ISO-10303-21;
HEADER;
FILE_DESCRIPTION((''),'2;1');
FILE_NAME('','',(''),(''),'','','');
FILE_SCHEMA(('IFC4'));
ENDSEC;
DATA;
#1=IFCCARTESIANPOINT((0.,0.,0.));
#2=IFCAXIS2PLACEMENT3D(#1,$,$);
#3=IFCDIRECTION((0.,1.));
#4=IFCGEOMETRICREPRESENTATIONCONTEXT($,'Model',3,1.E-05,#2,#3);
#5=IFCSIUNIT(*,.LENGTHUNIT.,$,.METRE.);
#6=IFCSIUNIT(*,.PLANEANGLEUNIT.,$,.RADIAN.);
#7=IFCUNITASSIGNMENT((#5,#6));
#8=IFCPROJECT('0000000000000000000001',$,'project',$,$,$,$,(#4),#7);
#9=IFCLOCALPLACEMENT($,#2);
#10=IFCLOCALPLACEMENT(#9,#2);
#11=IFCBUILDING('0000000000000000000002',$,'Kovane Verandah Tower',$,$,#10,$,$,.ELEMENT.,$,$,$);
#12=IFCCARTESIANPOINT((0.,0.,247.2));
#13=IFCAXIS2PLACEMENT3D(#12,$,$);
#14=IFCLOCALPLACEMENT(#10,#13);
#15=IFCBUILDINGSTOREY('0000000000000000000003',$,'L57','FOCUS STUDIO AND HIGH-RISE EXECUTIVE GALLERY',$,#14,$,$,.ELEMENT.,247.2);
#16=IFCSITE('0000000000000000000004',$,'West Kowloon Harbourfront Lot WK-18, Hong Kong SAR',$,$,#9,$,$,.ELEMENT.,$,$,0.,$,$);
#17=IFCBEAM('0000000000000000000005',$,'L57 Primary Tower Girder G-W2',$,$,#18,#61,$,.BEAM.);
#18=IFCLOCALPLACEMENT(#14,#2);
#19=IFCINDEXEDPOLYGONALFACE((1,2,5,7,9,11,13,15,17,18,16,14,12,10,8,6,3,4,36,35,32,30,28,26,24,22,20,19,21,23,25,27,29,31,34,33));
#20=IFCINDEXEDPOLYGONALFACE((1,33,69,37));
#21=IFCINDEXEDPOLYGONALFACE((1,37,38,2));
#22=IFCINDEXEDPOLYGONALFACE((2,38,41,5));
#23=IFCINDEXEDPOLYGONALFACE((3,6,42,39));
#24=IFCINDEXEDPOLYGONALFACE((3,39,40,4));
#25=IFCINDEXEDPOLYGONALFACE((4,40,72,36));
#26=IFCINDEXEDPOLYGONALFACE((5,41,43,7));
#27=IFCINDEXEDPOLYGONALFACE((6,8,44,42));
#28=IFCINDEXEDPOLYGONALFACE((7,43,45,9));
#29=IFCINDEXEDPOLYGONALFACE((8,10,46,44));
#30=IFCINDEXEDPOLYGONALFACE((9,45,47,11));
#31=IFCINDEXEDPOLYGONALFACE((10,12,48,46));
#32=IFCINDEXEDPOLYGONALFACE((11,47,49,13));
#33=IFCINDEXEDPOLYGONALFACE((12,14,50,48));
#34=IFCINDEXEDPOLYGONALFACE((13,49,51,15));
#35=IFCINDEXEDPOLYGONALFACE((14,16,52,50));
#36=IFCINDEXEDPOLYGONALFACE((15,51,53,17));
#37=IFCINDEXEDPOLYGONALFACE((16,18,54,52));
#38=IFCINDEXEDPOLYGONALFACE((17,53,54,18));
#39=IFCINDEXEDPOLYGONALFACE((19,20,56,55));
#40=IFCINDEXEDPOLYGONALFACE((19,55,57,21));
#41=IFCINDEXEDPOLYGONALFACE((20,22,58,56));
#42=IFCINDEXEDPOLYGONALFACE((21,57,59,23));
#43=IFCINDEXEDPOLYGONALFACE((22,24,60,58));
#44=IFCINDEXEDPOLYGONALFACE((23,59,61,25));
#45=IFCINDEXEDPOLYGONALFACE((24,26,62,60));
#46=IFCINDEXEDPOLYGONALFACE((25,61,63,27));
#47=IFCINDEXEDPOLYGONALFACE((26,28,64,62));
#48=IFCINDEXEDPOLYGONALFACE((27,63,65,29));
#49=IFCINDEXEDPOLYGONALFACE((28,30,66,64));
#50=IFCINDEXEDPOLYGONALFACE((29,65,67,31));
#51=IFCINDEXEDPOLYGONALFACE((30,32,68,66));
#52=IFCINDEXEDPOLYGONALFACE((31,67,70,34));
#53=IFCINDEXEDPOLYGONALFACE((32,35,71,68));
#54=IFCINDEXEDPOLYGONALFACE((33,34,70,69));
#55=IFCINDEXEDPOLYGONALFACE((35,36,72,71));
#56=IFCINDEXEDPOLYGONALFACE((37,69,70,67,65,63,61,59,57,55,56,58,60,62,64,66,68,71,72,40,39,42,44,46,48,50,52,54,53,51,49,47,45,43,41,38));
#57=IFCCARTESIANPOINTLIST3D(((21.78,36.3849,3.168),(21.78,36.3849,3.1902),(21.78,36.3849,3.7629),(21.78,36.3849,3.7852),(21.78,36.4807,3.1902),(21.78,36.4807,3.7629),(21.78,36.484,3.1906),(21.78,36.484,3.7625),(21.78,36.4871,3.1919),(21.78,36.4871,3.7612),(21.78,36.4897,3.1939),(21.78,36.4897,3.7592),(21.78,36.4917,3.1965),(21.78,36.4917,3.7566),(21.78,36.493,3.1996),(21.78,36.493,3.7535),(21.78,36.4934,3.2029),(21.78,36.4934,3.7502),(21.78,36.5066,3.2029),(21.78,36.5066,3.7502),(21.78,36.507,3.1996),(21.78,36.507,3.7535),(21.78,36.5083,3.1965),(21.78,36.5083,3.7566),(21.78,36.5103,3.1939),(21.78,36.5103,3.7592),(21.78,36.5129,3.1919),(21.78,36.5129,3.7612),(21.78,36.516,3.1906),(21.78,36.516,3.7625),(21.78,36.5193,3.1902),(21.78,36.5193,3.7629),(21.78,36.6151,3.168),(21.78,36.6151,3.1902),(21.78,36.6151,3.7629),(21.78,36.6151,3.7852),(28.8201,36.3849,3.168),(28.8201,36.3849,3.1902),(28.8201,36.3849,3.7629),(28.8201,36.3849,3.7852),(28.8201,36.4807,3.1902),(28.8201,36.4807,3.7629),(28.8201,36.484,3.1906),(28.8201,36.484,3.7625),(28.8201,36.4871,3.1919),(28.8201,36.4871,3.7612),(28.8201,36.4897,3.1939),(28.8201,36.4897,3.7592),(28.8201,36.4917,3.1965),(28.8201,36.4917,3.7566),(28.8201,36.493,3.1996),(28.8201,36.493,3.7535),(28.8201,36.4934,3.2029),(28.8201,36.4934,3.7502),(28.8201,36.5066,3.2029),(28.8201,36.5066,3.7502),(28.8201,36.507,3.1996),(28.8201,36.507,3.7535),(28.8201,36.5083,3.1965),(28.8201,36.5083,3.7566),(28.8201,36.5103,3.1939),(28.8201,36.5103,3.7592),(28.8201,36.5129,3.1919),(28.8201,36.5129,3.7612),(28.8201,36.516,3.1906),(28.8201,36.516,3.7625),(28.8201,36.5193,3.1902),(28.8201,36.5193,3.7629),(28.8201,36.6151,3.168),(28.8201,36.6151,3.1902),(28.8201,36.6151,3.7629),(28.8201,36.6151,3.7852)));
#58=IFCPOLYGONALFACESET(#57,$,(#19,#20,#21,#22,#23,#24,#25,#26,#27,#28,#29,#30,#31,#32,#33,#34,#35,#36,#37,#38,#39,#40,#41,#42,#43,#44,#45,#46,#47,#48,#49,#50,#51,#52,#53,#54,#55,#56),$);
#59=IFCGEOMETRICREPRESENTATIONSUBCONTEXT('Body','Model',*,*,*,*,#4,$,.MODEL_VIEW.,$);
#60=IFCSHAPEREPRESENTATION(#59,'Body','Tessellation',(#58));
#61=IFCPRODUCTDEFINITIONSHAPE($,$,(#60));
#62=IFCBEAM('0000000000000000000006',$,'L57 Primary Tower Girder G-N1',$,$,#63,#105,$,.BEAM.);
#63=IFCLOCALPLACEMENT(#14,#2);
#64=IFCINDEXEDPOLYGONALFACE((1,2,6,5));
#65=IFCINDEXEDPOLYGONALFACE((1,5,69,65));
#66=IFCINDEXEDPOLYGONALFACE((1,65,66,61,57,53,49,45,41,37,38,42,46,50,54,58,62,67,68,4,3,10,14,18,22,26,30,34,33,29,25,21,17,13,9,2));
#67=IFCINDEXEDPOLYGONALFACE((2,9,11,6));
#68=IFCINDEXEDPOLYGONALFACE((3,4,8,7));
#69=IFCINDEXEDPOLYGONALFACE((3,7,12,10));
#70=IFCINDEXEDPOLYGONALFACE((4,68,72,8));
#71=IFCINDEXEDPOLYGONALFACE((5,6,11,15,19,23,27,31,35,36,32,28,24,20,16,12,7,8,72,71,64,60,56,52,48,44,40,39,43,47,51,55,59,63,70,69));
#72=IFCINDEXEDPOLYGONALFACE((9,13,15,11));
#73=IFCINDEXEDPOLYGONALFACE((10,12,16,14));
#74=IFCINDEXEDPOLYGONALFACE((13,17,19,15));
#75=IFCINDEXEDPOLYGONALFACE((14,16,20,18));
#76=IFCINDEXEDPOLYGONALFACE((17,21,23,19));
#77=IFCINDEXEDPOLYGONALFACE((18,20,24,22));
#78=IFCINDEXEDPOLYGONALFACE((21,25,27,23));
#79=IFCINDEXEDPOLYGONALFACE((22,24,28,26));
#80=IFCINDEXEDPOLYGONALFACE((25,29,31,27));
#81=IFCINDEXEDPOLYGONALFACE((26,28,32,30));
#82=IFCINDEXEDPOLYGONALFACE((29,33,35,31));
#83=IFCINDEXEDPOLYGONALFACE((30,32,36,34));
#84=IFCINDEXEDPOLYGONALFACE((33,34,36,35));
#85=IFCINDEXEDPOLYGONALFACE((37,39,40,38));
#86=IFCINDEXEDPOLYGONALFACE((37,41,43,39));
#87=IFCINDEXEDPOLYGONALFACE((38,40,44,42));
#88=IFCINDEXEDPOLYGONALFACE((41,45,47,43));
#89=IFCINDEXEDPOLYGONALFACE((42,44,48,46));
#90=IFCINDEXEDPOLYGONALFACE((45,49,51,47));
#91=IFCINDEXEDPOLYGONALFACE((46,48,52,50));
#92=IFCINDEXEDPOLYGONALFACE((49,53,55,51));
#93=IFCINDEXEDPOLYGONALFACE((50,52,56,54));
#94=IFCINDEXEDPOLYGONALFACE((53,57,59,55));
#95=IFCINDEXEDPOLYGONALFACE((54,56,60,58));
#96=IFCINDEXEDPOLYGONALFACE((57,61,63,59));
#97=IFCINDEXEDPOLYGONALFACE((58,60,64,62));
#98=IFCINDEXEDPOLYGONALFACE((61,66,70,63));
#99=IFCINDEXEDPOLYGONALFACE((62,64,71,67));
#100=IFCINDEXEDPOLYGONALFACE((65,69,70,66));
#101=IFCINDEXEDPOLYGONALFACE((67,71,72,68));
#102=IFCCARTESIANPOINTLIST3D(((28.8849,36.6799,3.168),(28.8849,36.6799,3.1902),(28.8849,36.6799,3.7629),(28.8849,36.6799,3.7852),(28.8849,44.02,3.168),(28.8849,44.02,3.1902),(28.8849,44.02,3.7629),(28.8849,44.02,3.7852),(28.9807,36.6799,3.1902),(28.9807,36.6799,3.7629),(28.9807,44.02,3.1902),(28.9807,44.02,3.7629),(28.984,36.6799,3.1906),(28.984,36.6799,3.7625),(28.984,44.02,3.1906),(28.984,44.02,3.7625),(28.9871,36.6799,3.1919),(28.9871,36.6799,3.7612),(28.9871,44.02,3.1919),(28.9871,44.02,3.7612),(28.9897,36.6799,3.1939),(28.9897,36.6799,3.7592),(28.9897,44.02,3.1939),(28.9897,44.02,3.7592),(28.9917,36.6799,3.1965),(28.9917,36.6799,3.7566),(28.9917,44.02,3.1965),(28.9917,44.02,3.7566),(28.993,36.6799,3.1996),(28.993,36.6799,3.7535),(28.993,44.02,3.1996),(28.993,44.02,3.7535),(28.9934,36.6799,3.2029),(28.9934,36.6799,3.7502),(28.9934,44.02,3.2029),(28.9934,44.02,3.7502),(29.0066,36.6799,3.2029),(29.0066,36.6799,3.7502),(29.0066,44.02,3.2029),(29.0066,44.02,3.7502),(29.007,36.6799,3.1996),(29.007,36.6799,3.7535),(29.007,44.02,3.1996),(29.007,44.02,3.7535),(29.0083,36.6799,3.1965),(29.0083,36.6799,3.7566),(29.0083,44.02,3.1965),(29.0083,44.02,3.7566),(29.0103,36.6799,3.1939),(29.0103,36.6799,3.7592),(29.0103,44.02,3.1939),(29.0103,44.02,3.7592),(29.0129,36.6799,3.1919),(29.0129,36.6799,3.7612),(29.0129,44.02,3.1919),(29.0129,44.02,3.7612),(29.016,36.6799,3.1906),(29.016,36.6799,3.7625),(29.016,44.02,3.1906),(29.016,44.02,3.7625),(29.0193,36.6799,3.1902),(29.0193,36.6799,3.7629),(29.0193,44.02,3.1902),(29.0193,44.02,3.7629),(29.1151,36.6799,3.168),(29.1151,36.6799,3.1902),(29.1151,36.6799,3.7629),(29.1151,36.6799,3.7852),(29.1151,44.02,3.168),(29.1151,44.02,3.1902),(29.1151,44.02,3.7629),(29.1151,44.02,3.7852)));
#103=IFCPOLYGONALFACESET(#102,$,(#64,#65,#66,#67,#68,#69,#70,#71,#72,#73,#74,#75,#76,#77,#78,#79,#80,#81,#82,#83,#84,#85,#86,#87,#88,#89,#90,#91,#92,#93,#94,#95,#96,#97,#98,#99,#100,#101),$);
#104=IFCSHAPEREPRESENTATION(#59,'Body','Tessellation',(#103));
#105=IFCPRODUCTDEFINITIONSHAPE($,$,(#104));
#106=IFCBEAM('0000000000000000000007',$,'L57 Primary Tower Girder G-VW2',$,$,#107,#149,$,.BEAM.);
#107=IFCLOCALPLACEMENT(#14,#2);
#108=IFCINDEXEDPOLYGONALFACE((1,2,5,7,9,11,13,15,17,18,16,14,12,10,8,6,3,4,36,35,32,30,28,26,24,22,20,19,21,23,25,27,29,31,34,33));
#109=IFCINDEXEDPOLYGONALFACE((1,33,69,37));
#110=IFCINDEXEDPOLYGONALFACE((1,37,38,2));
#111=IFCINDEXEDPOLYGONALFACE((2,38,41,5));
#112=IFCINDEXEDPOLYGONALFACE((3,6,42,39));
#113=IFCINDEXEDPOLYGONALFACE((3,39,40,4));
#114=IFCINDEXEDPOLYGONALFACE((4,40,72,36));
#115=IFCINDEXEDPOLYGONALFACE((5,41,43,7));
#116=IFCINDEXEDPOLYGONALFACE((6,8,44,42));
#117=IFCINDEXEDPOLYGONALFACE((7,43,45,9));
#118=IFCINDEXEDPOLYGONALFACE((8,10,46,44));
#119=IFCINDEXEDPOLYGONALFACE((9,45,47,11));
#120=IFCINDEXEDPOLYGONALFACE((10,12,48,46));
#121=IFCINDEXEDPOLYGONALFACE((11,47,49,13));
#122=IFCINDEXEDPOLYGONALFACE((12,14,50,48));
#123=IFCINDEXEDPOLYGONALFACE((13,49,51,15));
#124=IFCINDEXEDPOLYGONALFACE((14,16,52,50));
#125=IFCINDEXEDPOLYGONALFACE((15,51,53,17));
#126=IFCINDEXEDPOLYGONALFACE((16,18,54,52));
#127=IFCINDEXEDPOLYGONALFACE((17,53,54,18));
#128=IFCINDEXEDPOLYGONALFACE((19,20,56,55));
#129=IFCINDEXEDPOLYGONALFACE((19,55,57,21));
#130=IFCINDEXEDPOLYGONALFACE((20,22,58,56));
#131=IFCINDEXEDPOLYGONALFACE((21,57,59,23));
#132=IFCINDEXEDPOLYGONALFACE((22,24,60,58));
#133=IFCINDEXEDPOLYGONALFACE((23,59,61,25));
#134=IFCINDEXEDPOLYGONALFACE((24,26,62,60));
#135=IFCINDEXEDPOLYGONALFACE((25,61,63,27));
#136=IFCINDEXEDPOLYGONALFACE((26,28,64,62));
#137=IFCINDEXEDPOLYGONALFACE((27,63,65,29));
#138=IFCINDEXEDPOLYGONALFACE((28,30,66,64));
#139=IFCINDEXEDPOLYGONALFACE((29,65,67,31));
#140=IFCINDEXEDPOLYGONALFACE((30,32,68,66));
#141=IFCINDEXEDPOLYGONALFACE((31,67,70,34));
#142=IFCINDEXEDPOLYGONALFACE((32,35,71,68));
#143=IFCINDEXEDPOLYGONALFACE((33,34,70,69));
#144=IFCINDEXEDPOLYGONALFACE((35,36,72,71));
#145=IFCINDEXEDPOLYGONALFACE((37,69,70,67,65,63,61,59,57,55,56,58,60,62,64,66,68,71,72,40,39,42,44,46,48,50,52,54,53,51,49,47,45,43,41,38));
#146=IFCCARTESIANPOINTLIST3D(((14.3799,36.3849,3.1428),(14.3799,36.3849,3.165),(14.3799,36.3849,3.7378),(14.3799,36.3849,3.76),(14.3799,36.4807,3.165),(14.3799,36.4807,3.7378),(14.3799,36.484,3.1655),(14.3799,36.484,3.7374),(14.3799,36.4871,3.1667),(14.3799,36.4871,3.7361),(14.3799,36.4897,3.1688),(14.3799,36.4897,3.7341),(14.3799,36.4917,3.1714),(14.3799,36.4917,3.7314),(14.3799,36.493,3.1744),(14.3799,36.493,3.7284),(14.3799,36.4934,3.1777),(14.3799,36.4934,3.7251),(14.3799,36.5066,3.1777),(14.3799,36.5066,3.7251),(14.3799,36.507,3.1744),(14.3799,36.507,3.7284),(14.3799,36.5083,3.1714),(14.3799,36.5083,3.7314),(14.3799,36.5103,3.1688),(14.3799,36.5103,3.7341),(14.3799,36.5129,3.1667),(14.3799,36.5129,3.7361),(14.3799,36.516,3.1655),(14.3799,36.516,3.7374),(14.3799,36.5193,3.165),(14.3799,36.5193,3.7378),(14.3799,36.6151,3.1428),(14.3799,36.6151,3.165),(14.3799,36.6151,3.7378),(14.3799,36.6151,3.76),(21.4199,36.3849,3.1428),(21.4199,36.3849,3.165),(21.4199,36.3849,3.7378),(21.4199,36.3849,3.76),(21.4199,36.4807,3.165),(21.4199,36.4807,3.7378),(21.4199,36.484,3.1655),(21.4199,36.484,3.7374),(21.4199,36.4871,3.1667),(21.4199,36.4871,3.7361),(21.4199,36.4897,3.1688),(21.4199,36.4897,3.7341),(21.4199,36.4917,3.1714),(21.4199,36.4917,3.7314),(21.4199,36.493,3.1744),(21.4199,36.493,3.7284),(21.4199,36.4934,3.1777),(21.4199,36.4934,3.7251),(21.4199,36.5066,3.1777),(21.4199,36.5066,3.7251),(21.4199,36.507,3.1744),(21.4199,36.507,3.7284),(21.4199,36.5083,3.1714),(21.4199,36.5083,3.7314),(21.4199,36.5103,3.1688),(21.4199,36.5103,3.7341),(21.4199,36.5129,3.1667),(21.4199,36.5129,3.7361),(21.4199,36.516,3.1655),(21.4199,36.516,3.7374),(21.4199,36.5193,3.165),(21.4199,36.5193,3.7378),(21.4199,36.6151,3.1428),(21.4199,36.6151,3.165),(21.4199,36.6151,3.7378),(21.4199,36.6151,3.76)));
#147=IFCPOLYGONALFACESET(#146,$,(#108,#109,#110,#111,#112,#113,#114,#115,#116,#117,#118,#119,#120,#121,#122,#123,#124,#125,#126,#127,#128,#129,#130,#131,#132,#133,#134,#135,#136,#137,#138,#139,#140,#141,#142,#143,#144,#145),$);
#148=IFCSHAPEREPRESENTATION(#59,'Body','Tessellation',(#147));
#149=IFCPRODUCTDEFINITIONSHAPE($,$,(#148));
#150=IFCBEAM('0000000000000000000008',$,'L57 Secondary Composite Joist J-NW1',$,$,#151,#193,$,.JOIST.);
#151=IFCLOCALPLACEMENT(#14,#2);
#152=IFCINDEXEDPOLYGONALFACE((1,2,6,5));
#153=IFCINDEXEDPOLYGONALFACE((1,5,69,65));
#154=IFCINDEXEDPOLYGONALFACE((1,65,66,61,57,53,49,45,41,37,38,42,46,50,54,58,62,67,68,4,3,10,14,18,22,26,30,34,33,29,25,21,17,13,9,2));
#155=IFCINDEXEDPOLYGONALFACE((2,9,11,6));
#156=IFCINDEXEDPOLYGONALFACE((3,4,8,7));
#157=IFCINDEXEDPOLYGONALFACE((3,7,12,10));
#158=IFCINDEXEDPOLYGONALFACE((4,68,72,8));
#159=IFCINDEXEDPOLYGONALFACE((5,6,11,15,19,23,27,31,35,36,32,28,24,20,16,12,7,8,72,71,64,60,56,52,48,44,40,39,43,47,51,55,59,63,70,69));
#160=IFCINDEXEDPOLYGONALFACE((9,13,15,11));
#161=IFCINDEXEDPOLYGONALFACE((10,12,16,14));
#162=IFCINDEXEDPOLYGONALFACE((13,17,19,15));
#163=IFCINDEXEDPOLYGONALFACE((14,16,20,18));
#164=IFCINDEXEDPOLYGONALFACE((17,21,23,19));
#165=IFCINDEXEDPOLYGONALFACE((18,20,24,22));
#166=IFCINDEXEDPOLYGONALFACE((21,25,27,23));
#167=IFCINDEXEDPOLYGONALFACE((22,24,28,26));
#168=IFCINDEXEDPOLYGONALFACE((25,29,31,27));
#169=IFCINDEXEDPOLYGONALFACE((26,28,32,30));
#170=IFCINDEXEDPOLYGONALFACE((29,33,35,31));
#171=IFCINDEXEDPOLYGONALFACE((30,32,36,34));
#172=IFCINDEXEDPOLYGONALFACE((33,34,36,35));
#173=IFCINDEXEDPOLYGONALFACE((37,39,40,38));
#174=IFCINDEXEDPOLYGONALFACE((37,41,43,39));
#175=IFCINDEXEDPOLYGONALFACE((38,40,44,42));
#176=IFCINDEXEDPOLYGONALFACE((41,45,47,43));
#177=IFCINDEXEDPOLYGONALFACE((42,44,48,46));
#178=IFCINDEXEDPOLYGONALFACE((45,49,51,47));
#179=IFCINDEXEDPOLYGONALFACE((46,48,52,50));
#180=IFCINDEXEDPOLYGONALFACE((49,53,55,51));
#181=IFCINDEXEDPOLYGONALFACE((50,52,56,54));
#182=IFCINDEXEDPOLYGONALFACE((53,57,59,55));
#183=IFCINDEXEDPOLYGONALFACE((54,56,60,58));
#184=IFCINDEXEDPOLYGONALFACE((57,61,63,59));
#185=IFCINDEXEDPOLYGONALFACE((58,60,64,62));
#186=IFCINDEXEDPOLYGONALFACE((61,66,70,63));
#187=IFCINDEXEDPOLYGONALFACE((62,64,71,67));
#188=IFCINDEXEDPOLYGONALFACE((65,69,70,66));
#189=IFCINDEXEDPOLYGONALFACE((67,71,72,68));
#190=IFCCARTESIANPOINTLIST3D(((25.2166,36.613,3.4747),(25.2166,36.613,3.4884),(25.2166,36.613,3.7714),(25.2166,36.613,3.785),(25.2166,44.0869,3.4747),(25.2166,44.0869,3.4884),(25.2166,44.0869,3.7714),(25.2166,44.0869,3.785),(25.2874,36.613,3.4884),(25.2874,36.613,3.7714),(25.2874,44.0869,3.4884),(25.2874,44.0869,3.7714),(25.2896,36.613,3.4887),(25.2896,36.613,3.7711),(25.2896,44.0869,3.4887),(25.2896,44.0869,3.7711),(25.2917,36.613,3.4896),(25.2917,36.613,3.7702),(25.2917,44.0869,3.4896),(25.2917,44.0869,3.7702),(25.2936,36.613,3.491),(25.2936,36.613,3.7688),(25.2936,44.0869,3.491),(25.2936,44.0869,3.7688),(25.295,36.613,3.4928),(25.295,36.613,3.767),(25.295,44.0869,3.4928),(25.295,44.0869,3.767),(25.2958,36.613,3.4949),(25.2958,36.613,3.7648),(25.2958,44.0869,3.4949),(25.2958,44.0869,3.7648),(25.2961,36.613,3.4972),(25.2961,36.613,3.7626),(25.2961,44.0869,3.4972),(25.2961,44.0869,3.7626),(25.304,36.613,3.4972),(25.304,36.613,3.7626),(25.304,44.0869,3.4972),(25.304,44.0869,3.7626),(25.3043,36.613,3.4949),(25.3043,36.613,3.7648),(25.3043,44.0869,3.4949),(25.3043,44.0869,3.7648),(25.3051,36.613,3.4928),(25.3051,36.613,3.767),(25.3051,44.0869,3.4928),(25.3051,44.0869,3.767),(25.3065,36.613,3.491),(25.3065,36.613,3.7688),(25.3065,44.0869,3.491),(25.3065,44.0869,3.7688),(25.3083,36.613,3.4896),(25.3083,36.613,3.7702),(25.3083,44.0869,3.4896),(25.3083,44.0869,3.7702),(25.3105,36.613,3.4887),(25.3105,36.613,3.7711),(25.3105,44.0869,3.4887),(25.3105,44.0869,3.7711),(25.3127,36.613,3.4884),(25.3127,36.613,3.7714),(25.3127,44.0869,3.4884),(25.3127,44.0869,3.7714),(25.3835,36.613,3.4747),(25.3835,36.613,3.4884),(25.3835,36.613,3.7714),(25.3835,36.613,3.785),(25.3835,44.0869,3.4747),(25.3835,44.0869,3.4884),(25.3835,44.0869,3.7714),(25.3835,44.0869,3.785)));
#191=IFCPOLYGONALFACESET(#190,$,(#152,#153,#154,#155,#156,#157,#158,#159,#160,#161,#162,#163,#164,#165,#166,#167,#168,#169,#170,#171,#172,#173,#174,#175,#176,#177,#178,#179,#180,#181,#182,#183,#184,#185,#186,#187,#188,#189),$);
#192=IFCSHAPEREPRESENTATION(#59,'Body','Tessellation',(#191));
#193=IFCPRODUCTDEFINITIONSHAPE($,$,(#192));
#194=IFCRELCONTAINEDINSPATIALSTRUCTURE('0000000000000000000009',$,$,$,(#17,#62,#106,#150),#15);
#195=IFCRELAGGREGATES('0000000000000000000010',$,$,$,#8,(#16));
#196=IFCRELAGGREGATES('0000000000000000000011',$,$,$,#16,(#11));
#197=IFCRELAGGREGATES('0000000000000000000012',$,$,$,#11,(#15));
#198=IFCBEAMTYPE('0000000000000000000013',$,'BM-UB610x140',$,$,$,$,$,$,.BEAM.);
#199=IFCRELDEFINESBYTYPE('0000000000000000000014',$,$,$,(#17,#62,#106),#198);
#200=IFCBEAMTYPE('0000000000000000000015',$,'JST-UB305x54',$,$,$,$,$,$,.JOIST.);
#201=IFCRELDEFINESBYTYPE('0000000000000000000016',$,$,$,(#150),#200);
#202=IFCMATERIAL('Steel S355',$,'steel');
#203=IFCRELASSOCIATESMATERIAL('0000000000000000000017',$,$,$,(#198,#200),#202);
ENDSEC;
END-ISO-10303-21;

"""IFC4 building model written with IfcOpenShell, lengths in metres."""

from ifc_helpers import new_model, si_unit, direction, frame, origin, origin_2d, place, context, subcontext, project, spatial, i_section, extrude, material, material_profile, profile_set, type_object, element, save


model = new_model("IFC4")

# Units and contexts
model_context = context("Model", 3, precision=1e-05, world=origin(), true_north=direction((0.0, 1.0)))
body_context = subcontext(model_context, "Body", "Model", "MODEL_VIEW")
ifc_project = project(units=[si_unit("LENGTHUNIT", "METRE"), si_unit("PLANEANGLEUNIT", "RADIAN")], contexts=[model_context])

# Site, building, storey
site_placement = place(None, origin())
site = spatial("IfcSite", under=ifc_project, at=site_placement, Name="West Kowloon Harbourfront Lot WK-18, Hong Kong SAR", CompositionType="ELEMENT", RefElevation=0.0)
building_placement = place(site_placement, origin())
building = spatial("IfcBuilding", under=site, at=building_placement, Name="Kovane Verandah Tower", CompositionType="ELEMENT")
storey_placement = place(building_placement, frame((0.0, 0.0, 247.2)))
storey = spatial("IfcBuildingStorey", under=building, at=storey_placement, Name="L57", Description="FOCUS STUDIO AND HIGH-RISE EXECUTIVE GALLERY", CompositionType="ELEMENT", Elevation=247.2)

# Beams
ifc_material_1 = material(Name="Steel S355", Category="steel")
ifc_material_profile_1 = material_profile(ifc_material_1, i_section(OverallWidth=0.2302, OverallDepth=0.6172, WebThickness=0.0132, FlangeThickness=0.0222, FilletRadius=0.0127, at=origin_2d()), Name="UB610x229x140")
ifc_profile_set_1 = profile_set([ifc_material_profile_1], Name="Steel S355")
beam_type_1 = type_object("IfcBeamType", Name="BM-UB610x140", PredefinedType="BEAM", material=ifc_profile_set_1)
beam_1_placement = place(storey_placement, frame((28.8201, 36.5, 3.4766), z_axis=(-1.0, 0.0, 0.0), x_axis=(0.0, -1.0, 0.0)))
element("IfcBeam", 1, at=beam_1_placement, inside=storey, type_object=beam_type_1, Name="L57 Primary Tower Girder G-W2", PredefinedType="BEAM", context=body_context, shape_type="SweptSolid", body=[
    extrude(i_section(OverallWidth=0.2302, OverallDepth=0.6172, WebThickness=0.0132, FlangeThickness=0.0222, FilletRadius=0.0127, at=origin_2d()), origin(), (0.0, 0.0, 1.0), 7.04),
])
beam_2_placement = place(storey_placement, frame((29.0, 36.6799, 3.4766), z_axis=(0.0, 1.0, 0.0), x_axis=(-1.0, 0.0, 0.0)))
element("IfcBeam", 2, at=beam_2_placement, inside=storey, type_object=beam_type_1, Name="L57 Primary Tower Girder G-N1", PredefinedType="BEAM", context=body_context, shape_type="SweptSolid", body=[
    extrude(i_section(OverallWidth=0.2302, OverallDepth=0.6172, WebThickness=0.0132, FlangeThickness=0.0222, FilletRadius=0.0127, at=origin_2d()), origin(), (0.0, 0.0, 1.0), 7.3401),
])
beam_3_placement = place(storey_placement, frame((21.4199, 36.5, 3.4514), z_axis=(-1.0, 0.0, 0.0), x_axis=(0.0, -1.0, 0.0)))
element("IfcBeam", 3, at=beam_3_placement, inside=storey, type_object=beam_type_1, Name="L57 Primary Tower Girder G-VW2", PredefinedType="BEAM", context=body_context, shape_type="SweptSolid", body=[
    extrude(i_section(OverallWidth=0.2302, OverallDepth=0.6172, WebThickness=0.0132, FlangeThickness=0.0222, FilletRadius=0.0127, at=origin_2d()), origin(), (0.0, 0.0, 1.0), 7.04),
])
ifc_material_profile_2 = material_profile(ifc_material_1, i_section(OverallWidth=0.167, OverallDepth=0.3103, WebThickness=0.0078, FlangeThickness=0.0137, FilletRadius=0.0088, at=origin_2d()), Name="UB305x165x54")
ifc_profile_set_2 = profile_set([ifc_material_profile_2], Name="Steel S355")
beam_type_2 = type_object("IfcBeamType", Name="JST-UB305x54", PredefinedType="JOIST", material=ifc_profile_set_2)
beam_4_placement = place(storey_placement, frame((25.3, 36.613, 3.6299), z_axis=(0.0, 1.0, 0.0), x_axis=(-1.0, 0.0, 0.0)))
element("IfcBeam", 4, at=beam_4_placement, inside=storey, type_object=beam_type_2, Name="L57 Secondary Composite Joist J-NW1", PredefinedType="JOIST", context=body_context, shape_type="SweptSolid", body=[
    extrude(i_section(OverallWidth=0.167, OverallDepth=0.3103, WebThickness=0.0078, FlangeThickness=0.0137, FilletRadius=0.0088, at=origin_2d()), origin(), (0.0, 0.0, 1.0), 7.4739),
])

save(model, "model.ifc")
